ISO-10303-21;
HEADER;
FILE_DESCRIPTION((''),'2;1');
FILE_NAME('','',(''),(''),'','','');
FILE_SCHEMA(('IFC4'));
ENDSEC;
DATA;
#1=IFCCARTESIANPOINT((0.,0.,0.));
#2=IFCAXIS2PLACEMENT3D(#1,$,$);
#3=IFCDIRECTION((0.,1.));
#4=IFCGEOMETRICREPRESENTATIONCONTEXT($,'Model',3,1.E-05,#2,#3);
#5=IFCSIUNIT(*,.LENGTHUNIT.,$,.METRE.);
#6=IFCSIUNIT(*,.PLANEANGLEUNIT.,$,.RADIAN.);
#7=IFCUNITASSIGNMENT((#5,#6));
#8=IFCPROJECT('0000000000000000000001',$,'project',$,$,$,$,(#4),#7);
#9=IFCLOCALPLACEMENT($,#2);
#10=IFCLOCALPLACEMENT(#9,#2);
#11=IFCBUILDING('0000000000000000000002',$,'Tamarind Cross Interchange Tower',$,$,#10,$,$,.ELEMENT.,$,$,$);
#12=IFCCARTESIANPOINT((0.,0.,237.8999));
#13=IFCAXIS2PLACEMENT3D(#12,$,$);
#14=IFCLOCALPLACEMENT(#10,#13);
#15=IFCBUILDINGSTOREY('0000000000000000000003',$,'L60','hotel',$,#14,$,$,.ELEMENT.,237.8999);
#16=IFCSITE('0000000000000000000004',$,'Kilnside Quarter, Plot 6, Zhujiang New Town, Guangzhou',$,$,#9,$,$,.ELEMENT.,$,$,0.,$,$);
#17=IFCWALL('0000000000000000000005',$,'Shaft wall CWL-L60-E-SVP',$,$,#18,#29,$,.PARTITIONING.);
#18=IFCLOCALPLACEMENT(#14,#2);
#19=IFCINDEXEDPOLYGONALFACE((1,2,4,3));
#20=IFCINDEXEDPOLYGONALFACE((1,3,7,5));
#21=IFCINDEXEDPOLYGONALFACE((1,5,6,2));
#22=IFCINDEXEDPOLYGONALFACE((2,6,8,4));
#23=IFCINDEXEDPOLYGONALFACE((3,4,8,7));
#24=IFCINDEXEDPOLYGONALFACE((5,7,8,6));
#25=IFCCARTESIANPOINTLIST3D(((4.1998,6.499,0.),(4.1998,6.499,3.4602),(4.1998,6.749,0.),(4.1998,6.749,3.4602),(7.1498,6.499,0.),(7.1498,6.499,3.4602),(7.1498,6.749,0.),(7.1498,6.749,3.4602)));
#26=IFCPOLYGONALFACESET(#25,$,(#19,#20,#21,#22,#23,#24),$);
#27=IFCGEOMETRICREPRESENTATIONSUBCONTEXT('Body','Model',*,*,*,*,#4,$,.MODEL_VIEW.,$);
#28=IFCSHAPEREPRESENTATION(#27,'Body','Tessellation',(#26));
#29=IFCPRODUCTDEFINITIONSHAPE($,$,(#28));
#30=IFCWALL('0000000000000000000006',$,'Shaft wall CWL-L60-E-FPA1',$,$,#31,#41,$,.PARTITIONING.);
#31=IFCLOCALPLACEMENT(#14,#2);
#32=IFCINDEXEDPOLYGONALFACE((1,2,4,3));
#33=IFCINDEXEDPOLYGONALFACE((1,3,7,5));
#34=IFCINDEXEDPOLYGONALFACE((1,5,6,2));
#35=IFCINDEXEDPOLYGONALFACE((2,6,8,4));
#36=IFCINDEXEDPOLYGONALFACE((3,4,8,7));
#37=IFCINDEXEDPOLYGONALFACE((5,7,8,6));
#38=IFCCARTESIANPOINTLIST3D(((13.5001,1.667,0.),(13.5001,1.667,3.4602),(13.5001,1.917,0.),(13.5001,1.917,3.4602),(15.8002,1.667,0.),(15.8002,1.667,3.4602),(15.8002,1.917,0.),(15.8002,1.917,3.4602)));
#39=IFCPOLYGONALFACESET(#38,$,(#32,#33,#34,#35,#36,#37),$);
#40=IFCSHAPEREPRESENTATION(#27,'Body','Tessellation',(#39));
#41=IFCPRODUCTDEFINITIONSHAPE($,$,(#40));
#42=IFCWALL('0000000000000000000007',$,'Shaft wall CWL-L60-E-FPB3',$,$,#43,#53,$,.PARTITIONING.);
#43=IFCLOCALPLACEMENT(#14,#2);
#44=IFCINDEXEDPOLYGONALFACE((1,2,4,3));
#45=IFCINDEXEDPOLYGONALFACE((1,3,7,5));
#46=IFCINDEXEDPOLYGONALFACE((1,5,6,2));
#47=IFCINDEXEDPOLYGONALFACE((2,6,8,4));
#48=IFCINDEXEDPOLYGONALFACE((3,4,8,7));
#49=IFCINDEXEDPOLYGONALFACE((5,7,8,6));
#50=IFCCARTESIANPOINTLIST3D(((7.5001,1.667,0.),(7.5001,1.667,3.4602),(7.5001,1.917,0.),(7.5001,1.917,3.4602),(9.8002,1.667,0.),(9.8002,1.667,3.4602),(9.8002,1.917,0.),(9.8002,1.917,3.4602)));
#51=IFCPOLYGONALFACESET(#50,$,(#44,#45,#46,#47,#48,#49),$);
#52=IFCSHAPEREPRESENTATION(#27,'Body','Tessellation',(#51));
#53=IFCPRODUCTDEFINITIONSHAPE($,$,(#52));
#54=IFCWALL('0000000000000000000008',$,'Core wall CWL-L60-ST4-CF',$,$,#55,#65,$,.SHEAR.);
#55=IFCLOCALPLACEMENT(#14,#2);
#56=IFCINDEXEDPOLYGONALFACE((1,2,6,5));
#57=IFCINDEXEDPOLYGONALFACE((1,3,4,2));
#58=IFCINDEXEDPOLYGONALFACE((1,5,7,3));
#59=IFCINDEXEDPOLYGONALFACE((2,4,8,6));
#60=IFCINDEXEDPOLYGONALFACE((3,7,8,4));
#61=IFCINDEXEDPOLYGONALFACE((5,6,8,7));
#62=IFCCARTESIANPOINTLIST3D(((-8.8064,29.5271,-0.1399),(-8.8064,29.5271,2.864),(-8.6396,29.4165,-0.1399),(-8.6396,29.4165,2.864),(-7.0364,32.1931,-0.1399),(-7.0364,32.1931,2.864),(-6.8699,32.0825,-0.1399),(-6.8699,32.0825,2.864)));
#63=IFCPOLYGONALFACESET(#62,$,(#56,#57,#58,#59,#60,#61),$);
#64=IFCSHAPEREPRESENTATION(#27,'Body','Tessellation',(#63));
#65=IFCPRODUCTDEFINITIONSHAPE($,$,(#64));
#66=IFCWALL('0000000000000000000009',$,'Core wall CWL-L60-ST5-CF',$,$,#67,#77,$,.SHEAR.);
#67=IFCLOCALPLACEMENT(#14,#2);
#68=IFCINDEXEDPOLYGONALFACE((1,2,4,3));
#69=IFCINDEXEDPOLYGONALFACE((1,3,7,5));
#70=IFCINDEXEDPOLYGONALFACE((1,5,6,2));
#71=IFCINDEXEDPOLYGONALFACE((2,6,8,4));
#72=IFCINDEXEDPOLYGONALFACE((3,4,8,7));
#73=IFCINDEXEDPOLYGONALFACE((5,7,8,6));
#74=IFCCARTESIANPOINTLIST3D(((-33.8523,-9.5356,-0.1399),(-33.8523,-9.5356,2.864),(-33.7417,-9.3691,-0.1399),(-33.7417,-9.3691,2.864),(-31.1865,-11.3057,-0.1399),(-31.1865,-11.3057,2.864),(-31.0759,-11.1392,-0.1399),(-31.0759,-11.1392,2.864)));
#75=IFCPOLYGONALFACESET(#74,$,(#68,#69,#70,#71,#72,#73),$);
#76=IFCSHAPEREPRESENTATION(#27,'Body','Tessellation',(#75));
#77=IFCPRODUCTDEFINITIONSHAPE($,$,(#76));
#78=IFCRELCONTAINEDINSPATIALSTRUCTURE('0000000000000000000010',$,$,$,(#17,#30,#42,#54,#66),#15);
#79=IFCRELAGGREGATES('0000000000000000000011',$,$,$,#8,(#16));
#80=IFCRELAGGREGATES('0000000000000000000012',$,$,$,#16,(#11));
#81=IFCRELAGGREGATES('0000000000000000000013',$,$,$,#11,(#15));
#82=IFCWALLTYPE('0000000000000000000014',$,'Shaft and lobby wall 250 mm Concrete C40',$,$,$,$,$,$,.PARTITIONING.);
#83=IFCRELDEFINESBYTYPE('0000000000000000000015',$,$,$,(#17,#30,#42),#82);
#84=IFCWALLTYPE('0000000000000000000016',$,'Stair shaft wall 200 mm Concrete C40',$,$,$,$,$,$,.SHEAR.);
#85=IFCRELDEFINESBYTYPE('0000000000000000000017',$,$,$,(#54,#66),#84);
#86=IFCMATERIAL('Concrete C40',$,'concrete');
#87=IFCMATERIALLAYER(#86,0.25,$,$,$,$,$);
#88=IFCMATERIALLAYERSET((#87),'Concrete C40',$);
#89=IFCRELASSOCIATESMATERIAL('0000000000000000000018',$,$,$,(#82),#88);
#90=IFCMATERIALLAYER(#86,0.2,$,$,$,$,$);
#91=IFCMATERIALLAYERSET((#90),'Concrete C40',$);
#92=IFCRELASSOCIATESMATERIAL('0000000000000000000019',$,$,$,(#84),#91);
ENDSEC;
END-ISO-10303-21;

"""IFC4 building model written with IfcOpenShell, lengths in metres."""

from ifc_helpers import new_model, si_unit, direction, frame, frame_2d, origin, place, context, subcontext, project, spatial, polyline, rectangle, outline, extrude, material, layer, layer_set, type_object, element, save


model = new_model("IFC4")

# Units and contexts
model_context = context("Model", 3, precision=1e-05, world=origin(), true_north=direction((0.0, 1.0)))
body_context = subcontext(model_context, "Body", "Model", "MODEL_VIEW")
ifc_project = project(units=[si_unit("LENGTHUNIT", "METRE"), si_unit("PLANEANGLEUNIT", "RADIAN")], contexts=[model_context])

# Site, building, storey
site_placement = place(None, origin())
site = spatial("IfcSite", under=ifc_project, at=site_placement, Name="Kilnside Quarter, Plot 6, Zhujiang New Town, Guangzhou", CompositionType="ELEMENT", RefElevation=0.0)
building_placement = place(site_placement, origin())
building = spatial("IfcBuilding", under=site, at=building_placement, Name="Tamarind Cross Interchange Tower", CompositionType="ELEMENT")
storey_placement = place(building_placement, frame((0.0, 0.0, 237.8999)))
storey = spatial("IfcBuildingStorey", under=building, at=storey_placement, Name="L60", Description="hotel", CompositionType="ELEMENT", Elevation=237.8999)

# Shared definitions
ifc_material_1 = material(Name="Concrete C40", Category="concrete")

# Walls
ifc_layer_1 = layer(ifc_material_1, 0.25)
ifc_layer_set_1 = layer_set([ifc_layer_1], Name="Concrete C40")
wall_type_1 = type_object("IfcWallType", Name="Shaft and lobby wall 250 mm Concrete C40", PredefinedType="PARTITIONING", material=ifc_layer_set_1)
wall_1_placement = place(storey_placement, frame((7.1499, 6.624, 0.0), z_axis=(0.0, 0.0, 1.0), x_axis=(-1.0, 0.0, 0.0)))
element("IfcWall", 1, at=wall_1_placement, inside=storey, type_object=wall_type_1, Name="Shaft wall CWL-L60-E-SVP", PredefinedType="PARTITIONING", context=body_context, shape_type="SweptSolid", body=[
    extrude(rectangle(XDim=2.95, YDim=0.25, at=frame_2d((1.4751, 0.0))), origin(), (0.0, 0.0, 1.0), 3.4602),
])
for number, where, z_axis, x_axis, name in (
    (2, (15.8, 1.792, 0.0), (0.0, 0.0, 1.0), (-1.0, 0.0, 0.0), "Shaft wall CWL-L60-E-FPA1"),
    (3, (9.8, 1.792, 0.0), (0.0, 0.0, 1.0), (-1.0, 0.0, 0.0), "Shaft wall CWL-L60-E-FPB3"),
):
    element("IfcWall", number, at=place(storey_placement, frame(where, z_axis=z_axis, x_axis=x_axis)), inside=storey, type_object=wall_type_1, Name=name, PredefinedType="PARTITIONING", context=body_context, shape_type="SweptSolid", body=[
        extrude(rectangle(XDim=2.3, YDim=0.25, at=frame_2d((1.1499, 0.0))), origin(), (0.0, 0.0, 1.0), 3.4602),
    ])
ifc_layer_2 = layer(ifc_material_1, 0.2)
ifc_layer_set_2 = layer_set([ifc_layer_2], Name="Concrete C40")
wall_type_2 = type_object("IfcWallType", Name="Stair shaft wall 200 mm Concrete C40", PredefinedType="SHEAR", material=ifc_layer_set_2)
wall_2_placement = place(storey_placement, frame((0.0, 0.0, -0.1399)))
element("IfcWall", 4, at=wall_2_placement, inside=storey, type_object=wall_type_2, Name="Core wall CWL-L60-ST4-CF", PredefinedType="SHEAR", context=body_context, shape_type="SweptSolid", body=[
    extrude(outline(polyline([(-6.8699, 32.0825), (-7.0364, 32.1931), (-8.8064, 29.5271), (-8.6396, 29.4165), (-6.8699, 32.0825)])), origin(), (0.0, 0.0, 1.0), 3.0039),
])
wall_3_placement = place(storey_placement, frame((0.0, 0.0, -0.1399)))
element("IfcWall", 5, at=wall_3_placement, inside=storey, type_object=wall_type_2, Name="Core wall CWL-L60-ST5-CF", PredefinedType="SHEAR", context=body_context, shape_type="SweptSolid", body=[
    extrude(outline(polyline([(-33.7417, -9.3691), (-33.8523, -9.5356), (-31.1865, -11.3057), (-31.0759, -11.1392), (-33.7417, -9.3691)])), origin(), (0.0, 0.0, 1.0), 3.0039),
])

save(model, "model.ifc")
